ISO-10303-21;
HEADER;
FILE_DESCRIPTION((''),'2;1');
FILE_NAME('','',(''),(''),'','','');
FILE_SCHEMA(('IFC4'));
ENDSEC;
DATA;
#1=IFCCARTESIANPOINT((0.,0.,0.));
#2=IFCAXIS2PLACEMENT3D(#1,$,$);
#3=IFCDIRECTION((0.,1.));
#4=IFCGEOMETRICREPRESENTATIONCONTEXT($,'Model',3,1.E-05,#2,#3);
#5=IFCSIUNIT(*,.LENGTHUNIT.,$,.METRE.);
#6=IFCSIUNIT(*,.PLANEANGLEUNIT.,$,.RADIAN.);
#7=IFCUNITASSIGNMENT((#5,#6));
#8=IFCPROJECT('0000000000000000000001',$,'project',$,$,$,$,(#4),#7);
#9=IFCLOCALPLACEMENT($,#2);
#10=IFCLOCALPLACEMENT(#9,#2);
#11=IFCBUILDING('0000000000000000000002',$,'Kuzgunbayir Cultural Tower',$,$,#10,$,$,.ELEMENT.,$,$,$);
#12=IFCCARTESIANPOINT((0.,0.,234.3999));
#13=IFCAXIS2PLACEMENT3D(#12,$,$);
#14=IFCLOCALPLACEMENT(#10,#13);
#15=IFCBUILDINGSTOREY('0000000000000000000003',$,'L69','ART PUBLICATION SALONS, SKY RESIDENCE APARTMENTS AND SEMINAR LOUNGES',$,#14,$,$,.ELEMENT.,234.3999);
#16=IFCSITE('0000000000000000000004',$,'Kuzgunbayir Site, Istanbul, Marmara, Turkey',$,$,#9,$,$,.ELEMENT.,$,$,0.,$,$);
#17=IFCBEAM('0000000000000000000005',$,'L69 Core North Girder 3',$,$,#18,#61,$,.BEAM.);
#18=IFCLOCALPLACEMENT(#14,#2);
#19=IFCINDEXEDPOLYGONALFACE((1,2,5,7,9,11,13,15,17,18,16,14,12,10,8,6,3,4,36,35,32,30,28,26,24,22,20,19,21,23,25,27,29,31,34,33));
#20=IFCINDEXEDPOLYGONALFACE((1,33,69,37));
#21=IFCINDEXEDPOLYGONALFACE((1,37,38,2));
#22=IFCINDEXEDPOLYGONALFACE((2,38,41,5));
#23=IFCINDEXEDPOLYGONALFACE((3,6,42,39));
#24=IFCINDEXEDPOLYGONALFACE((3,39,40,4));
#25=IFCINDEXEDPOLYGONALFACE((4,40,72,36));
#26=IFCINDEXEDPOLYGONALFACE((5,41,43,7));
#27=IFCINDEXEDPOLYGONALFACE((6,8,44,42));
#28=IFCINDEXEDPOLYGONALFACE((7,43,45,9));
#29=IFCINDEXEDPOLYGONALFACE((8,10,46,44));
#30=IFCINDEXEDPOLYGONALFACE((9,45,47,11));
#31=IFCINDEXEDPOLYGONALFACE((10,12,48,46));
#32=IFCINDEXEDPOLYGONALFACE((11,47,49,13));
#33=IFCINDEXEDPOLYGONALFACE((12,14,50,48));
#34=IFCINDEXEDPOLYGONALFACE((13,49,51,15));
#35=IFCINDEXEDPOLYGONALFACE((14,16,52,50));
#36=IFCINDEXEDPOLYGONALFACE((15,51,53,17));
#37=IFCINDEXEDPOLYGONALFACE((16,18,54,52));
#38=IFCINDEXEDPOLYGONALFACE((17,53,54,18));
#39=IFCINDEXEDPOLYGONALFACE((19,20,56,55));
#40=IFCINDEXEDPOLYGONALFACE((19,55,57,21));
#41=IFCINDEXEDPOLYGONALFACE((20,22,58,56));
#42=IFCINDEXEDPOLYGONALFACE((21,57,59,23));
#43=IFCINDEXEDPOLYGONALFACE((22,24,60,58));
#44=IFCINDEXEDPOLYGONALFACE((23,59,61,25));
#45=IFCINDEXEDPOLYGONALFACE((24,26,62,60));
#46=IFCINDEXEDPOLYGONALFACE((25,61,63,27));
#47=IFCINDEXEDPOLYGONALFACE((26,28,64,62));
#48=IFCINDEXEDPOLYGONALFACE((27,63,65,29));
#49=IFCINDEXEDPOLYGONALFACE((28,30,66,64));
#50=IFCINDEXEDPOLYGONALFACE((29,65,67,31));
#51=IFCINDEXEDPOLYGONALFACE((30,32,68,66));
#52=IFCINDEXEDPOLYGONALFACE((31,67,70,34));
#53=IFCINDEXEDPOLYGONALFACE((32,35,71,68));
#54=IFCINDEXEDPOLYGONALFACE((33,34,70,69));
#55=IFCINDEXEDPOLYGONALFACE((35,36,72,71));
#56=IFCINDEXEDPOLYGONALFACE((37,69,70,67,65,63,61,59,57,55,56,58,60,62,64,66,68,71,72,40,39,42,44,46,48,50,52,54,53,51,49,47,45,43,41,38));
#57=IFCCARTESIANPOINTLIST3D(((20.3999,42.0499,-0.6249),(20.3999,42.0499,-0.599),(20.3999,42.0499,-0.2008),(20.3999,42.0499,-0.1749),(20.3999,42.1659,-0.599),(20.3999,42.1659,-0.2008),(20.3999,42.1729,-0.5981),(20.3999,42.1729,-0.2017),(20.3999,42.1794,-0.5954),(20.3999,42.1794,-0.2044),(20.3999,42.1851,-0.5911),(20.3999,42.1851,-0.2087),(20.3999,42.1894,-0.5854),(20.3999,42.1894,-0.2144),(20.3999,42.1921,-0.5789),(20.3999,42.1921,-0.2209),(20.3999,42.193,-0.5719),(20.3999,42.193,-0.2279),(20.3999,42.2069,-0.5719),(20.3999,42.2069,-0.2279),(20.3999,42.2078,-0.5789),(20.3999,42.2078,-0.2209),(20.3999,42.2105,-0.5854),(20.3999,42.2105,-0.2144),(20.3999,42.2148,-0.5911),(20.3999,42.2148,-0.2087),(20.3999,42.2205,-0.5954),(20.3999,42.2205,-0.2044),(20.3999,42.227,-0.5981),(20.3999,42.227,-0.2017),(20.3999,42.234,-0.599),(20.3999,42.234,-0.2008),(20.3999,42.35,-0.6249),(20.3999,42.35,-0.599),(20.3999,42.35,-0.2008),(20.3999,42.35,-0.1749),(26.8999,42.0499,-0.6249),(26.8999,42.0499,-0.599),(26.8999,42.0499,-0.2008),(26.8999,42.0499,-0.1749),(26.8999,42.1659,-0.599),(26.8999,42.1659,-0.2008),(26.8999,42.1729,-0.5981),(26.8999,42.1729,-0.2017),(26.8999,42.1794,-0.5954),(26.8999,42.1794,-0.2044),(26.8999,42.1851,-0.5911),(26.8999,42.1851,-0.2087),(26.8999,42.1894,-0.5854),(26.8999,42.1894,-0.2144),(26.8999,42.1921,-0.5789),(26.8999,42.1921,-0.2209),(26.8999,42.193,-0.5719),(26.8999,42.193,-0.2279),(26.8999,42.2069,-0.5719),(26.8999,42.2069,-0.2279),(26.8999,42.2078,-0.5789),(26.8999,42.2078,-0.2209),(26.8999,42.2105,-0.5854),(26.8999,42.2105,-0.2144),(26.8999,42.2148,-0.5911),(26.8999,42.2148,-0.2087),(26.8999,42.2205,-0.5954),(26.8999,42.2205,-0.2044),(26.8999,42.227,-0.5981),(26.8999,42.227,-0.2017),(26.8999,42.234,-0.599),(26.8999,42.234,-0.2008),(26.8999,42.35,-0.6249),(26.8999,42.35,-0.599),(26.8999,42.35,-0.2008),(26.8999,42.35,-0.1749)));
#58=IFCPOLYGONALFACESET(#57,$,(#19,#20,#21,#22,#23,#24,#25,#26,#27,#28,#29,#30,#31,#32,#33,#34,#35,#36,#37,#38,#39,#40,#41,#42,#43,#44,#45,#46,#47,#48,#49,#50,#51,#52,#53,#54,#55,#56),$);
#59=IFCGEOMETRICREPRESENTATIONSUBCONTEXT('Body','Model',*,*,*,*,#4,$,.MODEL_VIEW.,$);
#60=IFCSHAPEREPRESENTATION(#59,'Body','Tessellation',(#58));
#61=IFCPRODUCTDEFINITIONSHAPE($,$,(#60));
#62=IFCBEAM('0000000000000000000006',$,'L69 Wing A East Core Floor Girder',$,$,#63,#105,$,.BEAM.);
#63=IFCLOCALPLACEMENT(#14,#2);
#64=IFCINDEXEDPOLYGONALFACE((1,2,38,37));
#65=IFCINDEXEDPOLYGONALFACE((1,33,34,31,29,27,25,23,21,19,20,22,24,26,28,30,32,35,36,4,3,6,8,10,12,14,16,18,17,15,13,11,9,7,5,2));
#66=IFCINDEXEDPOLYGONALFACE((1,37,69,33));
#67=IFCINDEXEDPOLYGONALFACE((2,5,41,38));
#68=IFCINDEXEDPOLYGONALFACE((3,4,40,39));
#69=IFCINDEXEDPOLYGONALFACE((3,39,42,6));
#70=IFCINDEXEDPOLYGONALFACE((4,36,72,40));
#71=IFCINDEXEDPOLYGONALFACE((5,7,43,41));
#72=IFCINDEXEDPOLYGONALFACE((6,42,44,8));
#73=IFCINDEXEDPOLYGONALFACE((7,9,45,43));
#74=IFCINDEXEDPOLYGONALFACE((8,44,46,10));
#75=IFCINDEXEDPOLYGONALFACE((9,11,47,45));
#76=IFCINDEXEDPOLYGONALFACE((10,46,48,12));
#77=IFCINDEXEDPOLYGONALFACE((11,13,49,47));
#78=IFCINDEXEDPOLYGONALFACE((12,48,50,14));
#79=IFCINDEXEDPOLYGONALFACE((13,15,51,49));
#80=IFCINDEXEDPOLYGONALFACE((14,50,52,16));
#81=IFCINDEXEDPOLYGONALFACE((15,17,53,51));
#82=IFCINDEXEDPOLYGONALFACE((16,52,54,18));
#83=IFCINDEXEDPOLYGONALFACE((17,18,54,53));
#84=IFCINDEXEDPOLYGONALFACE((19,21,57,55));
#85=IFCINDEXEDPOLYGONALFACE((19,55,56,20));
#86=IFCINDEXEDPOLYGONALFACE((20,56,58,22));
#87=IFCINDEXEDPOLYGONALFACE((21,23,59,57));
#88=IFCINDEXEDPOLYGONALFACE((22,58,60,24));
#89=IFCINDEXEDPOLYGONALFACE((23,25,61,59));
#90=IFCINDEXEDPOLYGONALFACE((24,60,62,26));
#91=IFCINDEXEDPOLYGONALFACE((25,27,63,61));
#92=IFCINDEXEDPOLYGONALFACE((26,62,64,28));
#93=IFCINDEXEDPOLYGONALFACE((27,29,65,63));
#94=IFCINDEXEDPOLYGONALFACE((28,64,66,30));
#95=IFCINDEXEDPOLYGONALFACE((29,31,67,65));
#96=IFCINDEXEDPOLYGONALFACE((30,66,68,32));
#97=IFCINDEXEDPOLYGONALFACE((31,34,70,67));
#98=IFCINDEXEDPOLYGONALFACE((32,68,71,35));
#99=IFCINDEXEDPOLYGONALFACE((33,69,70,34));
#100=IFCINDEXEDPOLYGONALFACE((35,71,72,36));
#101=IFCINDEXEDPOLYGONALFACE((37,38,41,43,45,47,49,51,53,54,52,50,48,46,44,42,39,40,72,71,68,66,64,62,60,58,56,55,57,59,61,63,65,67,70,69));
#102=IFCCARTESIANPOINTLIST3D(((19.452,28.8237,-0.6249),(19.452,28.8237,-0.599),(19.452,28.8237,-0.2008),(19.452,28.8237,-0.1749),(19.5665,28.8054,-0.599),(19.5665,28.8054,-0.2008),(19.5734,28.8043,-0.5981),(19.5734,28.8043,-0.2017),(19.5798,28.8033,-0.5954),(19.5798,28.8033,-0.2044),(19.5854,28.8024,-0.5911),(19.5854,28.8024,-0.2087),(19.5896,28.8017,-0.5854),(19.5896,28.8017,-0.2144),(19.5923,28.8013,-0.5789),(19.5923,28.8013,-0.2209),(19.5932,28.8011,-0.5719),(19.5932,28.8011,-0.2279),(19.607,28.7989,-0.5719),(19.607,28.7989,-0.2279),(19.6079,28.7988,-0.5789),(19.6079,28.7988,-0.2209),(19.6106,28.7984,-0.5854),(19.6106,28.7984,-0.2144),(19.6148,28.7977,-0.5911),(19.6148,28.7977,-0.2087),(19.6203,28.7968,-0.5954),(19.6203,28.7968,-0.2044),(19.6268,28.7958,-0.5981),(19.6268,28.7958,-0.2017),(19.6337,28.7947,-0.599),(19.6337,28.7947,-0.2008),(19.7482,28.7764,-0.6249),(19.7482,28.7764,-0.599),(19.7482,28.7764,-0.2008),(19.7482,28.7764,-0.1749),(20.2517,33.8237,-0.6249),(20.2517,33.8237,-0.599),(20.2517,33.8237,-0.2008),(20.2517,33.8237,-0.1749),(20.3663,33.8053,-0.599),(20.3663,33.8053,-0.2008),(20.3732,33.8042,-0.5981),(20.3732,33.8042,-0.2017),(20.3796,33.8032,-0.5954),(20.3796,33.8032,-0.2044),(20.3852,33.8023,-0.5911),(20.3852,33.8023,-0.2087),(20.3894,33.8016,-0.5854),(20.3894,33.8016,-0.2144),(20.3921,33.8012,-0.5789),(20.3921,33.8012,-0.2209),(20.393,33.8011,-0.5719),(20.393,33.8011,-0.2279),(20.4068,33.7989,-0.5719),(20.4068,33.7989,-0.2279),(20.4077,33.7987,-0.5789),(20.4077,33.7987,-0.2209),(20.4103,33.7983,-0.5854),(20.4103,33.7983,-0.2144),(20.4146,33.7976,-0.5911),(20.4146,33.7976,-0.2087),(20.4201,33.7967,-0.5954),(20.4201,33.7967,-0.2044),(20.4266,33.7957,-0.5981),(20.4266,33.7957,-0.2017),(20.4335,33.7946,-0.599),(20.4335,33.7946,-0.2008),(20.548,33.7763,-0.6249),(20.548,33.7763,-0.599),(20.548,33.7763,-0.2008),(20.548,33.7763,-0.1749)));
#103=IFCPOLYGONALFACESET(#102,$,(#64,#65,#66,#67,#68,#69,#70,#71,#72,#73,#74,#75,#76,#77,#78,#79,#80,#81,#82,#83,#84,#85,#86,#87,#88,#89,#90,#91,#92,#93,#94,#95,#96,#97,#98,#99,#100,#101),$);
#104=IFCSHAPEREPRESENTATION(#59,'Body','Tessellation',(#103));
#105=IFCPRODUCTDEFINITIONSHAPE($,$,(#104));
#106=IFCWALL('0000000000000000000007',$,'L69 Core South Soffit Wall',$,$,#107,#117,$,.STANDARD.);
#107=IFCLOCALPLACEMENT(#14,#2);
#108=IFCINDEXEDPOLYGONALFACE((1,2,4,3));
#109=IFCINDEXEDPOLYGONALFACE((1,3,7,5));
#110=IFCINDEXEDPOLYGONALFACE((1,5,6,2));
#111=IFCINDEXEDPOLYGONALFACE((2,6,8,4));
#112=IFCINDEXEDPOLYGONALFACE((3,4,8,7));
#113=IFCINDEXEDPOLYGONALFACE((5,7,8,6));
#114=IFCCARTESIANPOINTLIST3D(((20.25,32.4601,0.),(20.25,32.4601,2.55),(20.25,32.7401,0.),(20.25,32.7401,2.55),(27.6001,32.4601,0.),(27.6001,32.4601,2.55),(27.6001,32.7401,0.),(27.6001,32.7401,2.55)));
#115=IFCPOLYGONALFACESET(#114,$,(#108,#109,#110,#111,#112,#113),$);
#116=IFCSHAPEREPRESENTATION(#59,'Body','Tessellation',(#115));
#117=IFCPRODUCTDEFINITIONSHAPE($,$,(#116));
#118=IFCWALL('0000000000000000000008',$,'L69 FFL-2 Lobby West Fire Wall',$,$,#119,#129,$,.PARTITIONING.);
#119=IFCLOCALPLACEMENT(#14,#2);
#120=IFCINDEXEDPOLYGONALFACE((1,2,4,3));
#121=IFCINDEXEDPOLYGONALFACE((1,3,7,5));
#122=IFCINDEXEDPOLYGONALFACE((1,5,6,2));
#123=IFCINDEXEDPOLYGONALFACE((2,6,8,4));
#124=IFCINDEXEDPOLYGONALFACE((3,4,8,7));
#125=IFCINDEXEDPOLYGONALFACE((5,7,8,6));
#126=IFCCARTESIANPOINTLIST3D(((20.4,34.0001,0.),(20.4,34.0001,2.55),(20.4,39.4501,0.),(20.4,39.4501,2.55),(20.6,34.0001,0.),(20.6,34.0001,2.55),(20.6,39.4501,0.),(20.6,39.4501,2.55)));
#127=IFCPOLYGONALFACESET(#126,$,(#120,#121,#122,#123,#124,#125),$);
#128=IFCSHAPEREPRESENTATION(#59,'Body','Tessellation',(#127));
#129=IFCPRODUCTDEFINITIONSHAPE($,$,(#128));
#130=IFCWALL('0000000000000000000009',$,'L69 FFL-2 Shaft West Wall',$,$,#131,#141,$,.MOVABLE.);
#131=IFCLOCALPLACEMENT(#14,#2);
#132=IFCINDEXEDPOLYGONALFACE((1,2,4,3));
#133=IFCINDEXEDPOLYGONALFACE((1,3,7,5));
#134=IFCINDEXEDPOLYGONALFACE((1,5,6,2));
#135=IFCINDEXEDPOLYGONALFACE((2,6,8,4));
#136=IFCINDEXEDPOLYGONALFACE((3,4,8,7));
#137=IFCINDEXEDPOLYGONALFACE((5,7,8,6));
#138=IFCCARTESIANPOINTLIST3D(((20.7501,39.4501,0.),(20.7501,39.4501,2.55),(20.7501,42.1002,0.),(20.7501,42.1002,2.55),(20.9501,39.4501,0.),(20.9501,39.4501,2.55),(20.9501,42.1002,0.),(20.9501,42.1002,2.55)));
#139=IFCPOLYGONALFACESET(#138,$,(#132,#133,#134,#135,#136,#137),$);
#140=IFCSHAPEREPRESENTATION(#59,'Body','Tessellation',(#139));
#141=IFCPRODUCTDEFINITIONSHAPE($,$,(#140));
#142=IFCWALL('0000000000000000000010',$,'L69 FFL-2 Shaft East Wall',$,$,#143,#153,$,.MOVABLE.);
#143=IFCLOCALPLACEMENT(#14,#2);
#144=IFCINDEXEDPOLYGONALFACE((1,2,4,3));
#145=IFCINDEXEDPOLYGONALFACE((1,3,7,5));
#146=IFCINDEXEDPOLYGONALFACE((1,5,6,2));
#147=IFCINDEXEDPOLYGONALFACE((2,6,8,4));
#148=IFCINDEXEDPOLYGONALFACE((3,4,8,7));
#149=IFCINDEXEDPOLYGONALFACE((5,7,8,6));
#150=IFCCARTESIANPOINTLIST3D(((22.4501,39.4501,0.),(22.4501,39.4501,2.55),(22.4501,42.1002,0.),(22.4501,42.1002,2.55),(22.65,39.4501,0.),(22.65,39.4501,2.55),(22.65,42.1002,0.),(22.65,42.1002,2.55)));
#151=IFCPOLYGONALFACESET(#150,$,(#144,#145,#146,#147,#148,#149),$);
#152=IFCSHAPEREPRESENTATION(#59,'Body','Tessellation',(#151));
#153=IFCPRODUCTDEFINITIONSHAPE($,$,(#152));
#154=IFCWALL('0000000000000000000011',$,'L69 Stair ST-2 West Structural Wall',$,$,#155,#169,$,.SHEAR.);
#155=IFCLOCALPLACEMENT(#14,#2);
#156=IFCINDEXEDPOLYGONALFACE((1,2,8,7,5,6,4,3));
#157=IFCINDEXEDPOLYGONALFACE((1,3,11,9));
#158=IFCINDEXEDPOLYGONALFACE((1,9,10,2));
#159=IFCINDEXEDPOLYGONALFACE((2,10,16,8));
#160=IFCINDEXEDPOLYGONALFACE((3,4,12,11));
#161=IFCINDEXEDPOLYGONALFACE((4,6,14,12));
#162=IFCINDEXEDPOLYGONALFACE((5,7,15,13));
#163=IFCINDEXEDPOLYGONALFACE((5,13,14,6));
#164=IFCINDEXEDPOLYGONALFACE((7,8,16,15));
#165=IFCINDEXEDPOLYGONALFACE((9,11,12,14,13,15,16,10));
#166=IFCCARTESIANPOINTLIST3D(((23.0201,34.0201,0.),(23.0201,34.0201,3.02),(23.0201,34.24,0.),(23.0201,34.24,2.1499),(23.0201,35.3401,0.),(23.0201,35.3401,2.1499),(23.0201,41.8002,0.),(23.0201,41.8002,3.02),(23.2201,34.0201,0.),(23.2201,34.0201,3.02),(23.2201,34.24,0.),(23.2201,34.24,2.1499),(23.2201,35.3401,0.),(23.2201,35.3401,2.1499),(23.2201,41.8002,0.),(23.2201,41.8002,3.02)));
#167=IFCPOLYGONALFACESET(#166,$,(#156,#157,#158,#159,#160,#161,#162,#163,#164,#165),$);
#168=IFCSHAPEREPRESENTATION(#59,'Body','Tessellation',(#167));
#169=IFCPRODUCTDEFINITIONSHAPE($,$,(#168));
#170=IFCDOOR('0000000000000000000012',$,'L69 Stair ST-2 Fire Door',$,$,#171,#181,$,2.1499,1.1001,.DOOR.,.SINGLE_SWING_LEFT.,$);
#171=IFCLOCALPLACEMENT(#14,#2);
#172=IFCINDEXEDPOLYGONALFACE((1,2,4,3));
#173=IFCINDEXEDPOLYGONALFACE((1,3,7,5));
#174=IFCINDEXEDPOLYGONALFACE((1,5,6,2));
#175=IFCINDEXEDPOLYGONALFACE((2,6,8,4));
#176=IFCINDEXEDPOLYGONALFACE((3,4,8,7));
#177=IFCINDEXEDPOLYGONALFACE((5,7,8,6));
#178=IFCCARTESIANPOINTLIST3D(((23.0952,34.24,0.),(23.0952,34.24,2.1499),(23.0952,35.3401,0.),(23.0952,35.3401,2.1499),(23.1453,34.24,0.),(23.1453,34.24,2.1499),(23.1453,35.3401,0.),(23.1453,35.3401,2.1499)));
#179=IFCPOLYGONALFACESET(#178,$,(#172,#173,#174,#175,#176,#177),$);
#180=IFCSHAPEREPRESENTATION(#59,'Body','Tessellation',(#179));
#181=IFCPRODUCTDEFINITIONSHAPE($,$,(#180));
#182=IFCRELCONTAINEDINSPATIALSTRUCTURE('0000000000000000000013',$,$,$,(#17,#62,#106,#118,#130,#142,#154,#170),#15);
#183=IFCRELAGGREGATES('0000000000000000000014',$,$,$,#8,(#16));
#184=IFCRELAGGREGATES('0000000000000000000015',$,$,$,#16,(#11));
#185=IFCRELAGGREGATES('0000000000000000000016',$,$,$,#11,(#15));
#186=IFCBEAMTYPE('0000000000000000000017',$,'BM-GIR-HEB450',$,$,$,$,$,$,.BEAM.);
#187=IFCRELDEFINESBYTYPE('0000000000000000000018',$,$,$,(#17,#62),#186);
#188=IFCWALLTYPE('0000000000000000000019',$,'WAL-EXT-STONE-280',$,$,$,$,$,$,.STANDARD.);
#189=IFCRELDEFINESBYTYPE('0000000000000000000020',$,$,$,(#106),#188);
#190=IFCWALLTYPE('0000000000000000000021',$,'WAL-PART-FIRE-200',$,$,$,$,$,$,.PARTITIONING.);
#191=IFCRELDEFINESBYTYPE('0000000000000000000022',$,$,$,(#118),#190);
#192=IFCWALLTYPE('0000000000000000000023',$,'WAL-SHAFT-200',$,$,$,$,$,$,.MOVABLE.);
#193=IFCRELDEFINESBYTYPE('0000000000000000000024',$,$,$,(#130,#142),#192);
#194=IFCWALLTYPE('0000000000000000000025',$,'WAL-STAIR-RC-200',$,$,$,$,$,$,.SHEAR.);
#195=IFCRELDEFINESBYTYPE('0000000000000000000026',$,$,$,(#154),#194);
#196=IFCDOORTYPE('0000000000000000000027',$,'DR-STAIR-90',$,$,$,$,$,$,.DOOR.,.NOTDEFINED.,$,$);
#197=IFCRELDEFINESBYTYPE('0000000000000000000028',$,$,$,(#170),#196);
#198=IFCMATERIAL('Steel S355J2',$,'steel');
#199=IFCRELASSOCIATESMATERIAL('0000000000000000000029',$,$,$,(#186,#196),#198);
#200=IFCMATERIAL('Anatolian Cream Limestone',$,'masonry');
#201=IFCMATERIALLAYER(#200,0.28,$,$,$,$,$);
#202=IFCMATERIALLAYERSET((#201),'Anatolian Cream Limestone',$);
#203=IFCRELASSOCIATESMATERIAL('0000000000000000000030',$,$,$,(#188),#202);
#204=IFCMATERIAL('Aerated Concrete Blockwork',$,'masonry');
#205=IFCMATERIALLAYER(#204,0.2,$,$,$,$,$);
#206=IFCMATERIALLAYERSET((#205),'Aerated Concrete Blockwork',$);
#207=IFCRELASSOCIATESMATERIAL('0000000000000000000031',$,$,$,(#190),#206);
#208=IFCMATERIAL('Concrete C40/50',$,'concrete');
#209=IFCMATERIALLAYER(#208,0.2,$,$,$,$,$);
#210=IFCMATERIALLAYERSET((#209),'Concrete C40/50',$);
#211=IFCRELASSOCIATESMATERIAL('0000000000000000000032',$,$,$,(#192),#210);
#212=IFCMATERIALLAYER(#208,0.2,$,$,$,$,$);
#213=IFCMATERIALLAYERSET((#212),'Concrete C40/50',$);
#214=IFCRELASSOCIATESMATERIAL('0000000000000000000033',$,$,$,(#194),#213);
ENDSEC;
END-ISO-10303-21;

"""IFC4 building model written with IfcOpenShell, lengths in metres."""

from ifc_helpers import new_model, si_unit, direction, frame, frame_2d, origin, origin_2d, place, context, subcontext, project, spatial, rectangle, i_section, extrude, material, layer, layer_set, material_profile, profile_set, type_object, element, fill, save


model = new_model("IFC4")

# Units and contexts
model_context = context("Model", 3, precision=1e-05, world=origin(), true_north=direction((0.0, 1.0)))
body_context = subcontext(model_context, "Body", "Model", "MODEL_VIEW")
ifc_project = project(units=[si_unit("LENGTHUNIT", "METRE"), si_unit("PLANEANGLEUNIT", "RADIAN")], contexts=[model_context])

# Site, building, storey
site_placement = place(None, origin())
site = spatial("IfcSite", under=ifc_project, at=site_placement, Name="Kuzgunbayir Site, Istanbul, Marmara, Turkey", CompositionType="ELEMENT", RefElevation=0.0)
building_placement = place(site_placement, origin())
building = spatial("IfcBuilding", under=site, at=building_placement, Name="Kuzgunbayir Cultural Tower", CompositionType="ELEMENT")
storey_placement = place(building_placement, frame((0.0, 0.0, 234.3999)))
storey = spatial("IfcBuildingStorey", under=building, at=storey_placement, Name="L69", Description="ART PUBLICATION SALONS, SKY RESIDENCE APARTMENTS AND SEMINAR LOUNGES", CompositionType="ELEMENT", Elevation=234.3999)

# Beams
ifc_material_1 = material(Name="Steel S355J2", Category="steel")
ifc_material_profile_1 = material_profile(ifc_material_1, i_section(OverallWidth=0.3, OverallDepth=0.45, WebThickness=0.0139, FlangeThickness=0.0259, FilletRadius=0.0271, at=origin_2d()), Name="HEB 450")
ifc_profile_set_1 = profile_set([ifc_material_profile_1], Name="Steel S355J2")
beam_type = type_object("IfcBeamType", Name="BM-GIR-HEB450", PredefinedType="BEAM", material=ifc_profile_set_1)
beam_1_placement = place(storey_placement, frame((20.3999, 42.2, -0.3999), z_axis=(1.0, 0.0, 0.0), x_axis=(0.0, 1.0, 0.0)))
element("IfcBeam", 1, at=beam_1_placement, inside=storey, type_object=beam_type, Name="L69 Core North Girder 3", PredefinedType="BEAM", context=body_context, shape_type="SweptSolid", body=[
    extrude(i_section(OverallWidth=0.3, OverallDepth=0.45, WebThickness=0.0139, FlangeThickness=0.0259, FilletRadius=0.0271, at=origin_2d()), origin(), (0.0, 0.0, 1.0), 6.5),
])
beam_2_placement = place(storey_placement, frame((19.6001, 28.8, -0.3999), z_axis=(0.157953, 0.987447, 0.0), x_axis=(-0.987447, 0.157953, 0.0)))
element("IfcBeam", 2, at=beam_2_placement, inside=storey, type_object=beam_type, Name="L69 Wing A East Core Floor Girder", PredefinedType="BEAM", context=body_context, shape_type="SweptSolid", body=[
    extrude(i_section(OverallWidth=0.3, OverallDepth=0.45, WebThickness=0.0139, FlangeThickness=0.0259, FilletRadius=0.0271, at=origin_2d()), origin(), (0.0, 0.0, 1.0), 5.0635),
])

# Wall
ifc_material_2 = material(Name="Anatolian Cream Limestone", Category="masonry")
ifc_layer_1 = layer(ifc_material_2, 0.28)
ifc_layer_set_1 = layer_set([ifc_layer_1], Name="Anatolian Cream Limestone")
wall_type_1 = type_object("IfcWallType", Name="WAL-EXT-STONE-280", PredefinedType="STANDARD", material=ifc_layer_set_1)
wall_1_placement = place(storey_placement, frame((20.25, 32.6001, 0.0), z_axis=(0.0, 0.0, 1.0), x_axis=(1.0, 0.0, 0.0)))
element("IfcWall", 3, at=wall_1_placement, inside=storey, type_object=wall_type_1, Name="L69 Core South Soffit Wall", PredefinedType="STANDARD", context=body_context, shape_type="SweptSolid", body=[
    extrude(rectangle(XDim=7.3501, YDim=0.28, at=frame_2d((3.675, 0.0))), origin(), (0.0, 0.0, 1.0), 2.55),
])

# Wall
ifc_material_3 = material(Name="Aerated Concrete Blockwork", Category="masonry")
ifc_layer_2 = layer(ifc_material_3, 0.2)
ifc_layer_set_2 = layer_set([ifc_layer_2], Name="Aerated Concrete Blockwork")
wall_type_2 = type_object("IfcWallType", Name="WAL-PART-FIRE-200", PredefinedType="PARTITIONING", material=ifc_layer_set_2)
wall_2_placement = place(storey_placement, frame((20.5, 34.0, 0.0), z_axis=(0.0, 0.0, 1.0), x_axis=(0.0, 1.0, 0.0)))
element("IfcWall", 4, at=wall_2_placement, inside=storey, type_object=wall_type_2, Name="L69 FFL-2 Lobby West Fire Wall", PredefinedType="PARTITIONING", context=body_context, shape_type="SweptSolid", body=[
    extrude(rectangle(XDim=5.45, YDim=0.2, at=frame_2d((2.7251, 0.0))), origin(), (0.0, 0.0, 1.0), 2.55),
])

# Shared definitions
ifc_material_4 = material(Name="Concrete C40/50", Category="concrete")
ifc_layer_3 = layer(ifc_material_4, 0.2)
ifc_layer_set_3 = layer_set([ifc_layer_3], Name="Concrete C40/50")
wall_type_3 = type_object("IfcWallType", Name="WAL-SHAFT-200", PredefinedType="MOVABLE", material=ifc_layer_set_3)

# Walls
for number, where, z_axis, x_axis, name in (
    (5, (20.8501, 39.45, 0.0), (0.0, 0.0, 1.0), (0.0, 1.0, 0.0), "L69 FFL-2 Shaft West Wall"),
    (6, (22.55, 39.45, 0.0), (0.0, 0.0, 1.0), (0.0, 1.0, 0.0), "L69 FFL-2 Shaft East Wall"),
):
    element("IfcWall", number, at=place(storey_placement, frame(where, z_axis=z_axis, x_axis=x_axis)), inside=storey, type_object=wall_type_3, Name=name, PredefinedType="MOVABLE", context=body_context, shape_type="SweptSolid", body=[
        extrude(rectangle(XDim=2.6501, YDim=0.2, at=frame_2d((1.3252, 0.0))), origin(), (0.0, 0.0, 1.0), 2.55),
    ])

# Wall, opening, door
ifc_layer_4 = layer(ifc_material_4, 0.2)
ifc_layer_set_4 = layer_set([ifc_layer_4], Name="Concrete C40/50")
wall_type_4 = type_object("IfcWallType", Name="WAL-STAIR-RC-200", PredefinedType="SHEAR", material=ifc_layer_set_4)
wall_3_placement = place(storey_placement, frame((23.1201, 34.02, 0.0), z_axis=(0.0, 0.0, 1.0), x_axis=(0.0, 1.0, 0.0)))
wall_3 = element("IfcWall", 7, at=wall_3_placement, inside=storey, type_object=wall_type_4, Name="L69 Stair ST-2 West Structural Wall", PredefinedType="SHEAR", context=body_context, shape_type="SweptSolid", body=[
    extrude(rectangle(XDim=7.78, YDim=0.2, at=frame_2d((3.8901, 0.0))), origin(), (0.0, 0.0, 1.0), 3.02),
])
opening_1_placement = place(wall_3_placement, frame((0.22, 0.0, 0.0)))
opening_1 = element("IfcOpeningElement", 8, at=opening_1_placement, cuts=wall_3, PredefinedType="OPENING", context=body_context, shape_type="SweptSolid", body=[
    extrude(rectangle(XDim=1.1001, YDim=2.1499, at=frame_2d((0.55, 1.075))), frame((0.0, 0.1099, 0.0), z_axis=(0.0, -1.0, 0.0), x_axis=(1.0, 0.0, 0.0)), (0.0, 0.0, 1.0), 0.22),
])
door_type_1 = type_object("IfcDoorType", Name="DR-STAIR-90", OperationType="NOTDEFINED", PredefinedType="DOOR", material=ifc_material_1)
door_1_placement = place(opening_1_placement, origin())
door_1 = element("IfcDoor", 9, at=door_1_placement, inside=storey, type_object=door_type_1, Name="L69 Stair ST-2 Fire Door", OperationType="SINGLE_SWING_LEFT", OverallHeight=2.1499, OverallWidth=1.1001, PredefinedType="DOOR", context=body_context, shape_type="SweptSolid", body=[
    extrude(rectangle(XDim=1.1001, YDim=2.1499, at=frame_2d((0.55, 1.075))), frame((0.0, 0.0249, 0.0), z_axis=(0.0, -1.0, 0.0), x_axis=(1.0, 0.0, 0.0)), (0.0, 0.0, 1.0), 0.05),
])
fill(opening_1, door_1)

save(model, "model.ifc")
